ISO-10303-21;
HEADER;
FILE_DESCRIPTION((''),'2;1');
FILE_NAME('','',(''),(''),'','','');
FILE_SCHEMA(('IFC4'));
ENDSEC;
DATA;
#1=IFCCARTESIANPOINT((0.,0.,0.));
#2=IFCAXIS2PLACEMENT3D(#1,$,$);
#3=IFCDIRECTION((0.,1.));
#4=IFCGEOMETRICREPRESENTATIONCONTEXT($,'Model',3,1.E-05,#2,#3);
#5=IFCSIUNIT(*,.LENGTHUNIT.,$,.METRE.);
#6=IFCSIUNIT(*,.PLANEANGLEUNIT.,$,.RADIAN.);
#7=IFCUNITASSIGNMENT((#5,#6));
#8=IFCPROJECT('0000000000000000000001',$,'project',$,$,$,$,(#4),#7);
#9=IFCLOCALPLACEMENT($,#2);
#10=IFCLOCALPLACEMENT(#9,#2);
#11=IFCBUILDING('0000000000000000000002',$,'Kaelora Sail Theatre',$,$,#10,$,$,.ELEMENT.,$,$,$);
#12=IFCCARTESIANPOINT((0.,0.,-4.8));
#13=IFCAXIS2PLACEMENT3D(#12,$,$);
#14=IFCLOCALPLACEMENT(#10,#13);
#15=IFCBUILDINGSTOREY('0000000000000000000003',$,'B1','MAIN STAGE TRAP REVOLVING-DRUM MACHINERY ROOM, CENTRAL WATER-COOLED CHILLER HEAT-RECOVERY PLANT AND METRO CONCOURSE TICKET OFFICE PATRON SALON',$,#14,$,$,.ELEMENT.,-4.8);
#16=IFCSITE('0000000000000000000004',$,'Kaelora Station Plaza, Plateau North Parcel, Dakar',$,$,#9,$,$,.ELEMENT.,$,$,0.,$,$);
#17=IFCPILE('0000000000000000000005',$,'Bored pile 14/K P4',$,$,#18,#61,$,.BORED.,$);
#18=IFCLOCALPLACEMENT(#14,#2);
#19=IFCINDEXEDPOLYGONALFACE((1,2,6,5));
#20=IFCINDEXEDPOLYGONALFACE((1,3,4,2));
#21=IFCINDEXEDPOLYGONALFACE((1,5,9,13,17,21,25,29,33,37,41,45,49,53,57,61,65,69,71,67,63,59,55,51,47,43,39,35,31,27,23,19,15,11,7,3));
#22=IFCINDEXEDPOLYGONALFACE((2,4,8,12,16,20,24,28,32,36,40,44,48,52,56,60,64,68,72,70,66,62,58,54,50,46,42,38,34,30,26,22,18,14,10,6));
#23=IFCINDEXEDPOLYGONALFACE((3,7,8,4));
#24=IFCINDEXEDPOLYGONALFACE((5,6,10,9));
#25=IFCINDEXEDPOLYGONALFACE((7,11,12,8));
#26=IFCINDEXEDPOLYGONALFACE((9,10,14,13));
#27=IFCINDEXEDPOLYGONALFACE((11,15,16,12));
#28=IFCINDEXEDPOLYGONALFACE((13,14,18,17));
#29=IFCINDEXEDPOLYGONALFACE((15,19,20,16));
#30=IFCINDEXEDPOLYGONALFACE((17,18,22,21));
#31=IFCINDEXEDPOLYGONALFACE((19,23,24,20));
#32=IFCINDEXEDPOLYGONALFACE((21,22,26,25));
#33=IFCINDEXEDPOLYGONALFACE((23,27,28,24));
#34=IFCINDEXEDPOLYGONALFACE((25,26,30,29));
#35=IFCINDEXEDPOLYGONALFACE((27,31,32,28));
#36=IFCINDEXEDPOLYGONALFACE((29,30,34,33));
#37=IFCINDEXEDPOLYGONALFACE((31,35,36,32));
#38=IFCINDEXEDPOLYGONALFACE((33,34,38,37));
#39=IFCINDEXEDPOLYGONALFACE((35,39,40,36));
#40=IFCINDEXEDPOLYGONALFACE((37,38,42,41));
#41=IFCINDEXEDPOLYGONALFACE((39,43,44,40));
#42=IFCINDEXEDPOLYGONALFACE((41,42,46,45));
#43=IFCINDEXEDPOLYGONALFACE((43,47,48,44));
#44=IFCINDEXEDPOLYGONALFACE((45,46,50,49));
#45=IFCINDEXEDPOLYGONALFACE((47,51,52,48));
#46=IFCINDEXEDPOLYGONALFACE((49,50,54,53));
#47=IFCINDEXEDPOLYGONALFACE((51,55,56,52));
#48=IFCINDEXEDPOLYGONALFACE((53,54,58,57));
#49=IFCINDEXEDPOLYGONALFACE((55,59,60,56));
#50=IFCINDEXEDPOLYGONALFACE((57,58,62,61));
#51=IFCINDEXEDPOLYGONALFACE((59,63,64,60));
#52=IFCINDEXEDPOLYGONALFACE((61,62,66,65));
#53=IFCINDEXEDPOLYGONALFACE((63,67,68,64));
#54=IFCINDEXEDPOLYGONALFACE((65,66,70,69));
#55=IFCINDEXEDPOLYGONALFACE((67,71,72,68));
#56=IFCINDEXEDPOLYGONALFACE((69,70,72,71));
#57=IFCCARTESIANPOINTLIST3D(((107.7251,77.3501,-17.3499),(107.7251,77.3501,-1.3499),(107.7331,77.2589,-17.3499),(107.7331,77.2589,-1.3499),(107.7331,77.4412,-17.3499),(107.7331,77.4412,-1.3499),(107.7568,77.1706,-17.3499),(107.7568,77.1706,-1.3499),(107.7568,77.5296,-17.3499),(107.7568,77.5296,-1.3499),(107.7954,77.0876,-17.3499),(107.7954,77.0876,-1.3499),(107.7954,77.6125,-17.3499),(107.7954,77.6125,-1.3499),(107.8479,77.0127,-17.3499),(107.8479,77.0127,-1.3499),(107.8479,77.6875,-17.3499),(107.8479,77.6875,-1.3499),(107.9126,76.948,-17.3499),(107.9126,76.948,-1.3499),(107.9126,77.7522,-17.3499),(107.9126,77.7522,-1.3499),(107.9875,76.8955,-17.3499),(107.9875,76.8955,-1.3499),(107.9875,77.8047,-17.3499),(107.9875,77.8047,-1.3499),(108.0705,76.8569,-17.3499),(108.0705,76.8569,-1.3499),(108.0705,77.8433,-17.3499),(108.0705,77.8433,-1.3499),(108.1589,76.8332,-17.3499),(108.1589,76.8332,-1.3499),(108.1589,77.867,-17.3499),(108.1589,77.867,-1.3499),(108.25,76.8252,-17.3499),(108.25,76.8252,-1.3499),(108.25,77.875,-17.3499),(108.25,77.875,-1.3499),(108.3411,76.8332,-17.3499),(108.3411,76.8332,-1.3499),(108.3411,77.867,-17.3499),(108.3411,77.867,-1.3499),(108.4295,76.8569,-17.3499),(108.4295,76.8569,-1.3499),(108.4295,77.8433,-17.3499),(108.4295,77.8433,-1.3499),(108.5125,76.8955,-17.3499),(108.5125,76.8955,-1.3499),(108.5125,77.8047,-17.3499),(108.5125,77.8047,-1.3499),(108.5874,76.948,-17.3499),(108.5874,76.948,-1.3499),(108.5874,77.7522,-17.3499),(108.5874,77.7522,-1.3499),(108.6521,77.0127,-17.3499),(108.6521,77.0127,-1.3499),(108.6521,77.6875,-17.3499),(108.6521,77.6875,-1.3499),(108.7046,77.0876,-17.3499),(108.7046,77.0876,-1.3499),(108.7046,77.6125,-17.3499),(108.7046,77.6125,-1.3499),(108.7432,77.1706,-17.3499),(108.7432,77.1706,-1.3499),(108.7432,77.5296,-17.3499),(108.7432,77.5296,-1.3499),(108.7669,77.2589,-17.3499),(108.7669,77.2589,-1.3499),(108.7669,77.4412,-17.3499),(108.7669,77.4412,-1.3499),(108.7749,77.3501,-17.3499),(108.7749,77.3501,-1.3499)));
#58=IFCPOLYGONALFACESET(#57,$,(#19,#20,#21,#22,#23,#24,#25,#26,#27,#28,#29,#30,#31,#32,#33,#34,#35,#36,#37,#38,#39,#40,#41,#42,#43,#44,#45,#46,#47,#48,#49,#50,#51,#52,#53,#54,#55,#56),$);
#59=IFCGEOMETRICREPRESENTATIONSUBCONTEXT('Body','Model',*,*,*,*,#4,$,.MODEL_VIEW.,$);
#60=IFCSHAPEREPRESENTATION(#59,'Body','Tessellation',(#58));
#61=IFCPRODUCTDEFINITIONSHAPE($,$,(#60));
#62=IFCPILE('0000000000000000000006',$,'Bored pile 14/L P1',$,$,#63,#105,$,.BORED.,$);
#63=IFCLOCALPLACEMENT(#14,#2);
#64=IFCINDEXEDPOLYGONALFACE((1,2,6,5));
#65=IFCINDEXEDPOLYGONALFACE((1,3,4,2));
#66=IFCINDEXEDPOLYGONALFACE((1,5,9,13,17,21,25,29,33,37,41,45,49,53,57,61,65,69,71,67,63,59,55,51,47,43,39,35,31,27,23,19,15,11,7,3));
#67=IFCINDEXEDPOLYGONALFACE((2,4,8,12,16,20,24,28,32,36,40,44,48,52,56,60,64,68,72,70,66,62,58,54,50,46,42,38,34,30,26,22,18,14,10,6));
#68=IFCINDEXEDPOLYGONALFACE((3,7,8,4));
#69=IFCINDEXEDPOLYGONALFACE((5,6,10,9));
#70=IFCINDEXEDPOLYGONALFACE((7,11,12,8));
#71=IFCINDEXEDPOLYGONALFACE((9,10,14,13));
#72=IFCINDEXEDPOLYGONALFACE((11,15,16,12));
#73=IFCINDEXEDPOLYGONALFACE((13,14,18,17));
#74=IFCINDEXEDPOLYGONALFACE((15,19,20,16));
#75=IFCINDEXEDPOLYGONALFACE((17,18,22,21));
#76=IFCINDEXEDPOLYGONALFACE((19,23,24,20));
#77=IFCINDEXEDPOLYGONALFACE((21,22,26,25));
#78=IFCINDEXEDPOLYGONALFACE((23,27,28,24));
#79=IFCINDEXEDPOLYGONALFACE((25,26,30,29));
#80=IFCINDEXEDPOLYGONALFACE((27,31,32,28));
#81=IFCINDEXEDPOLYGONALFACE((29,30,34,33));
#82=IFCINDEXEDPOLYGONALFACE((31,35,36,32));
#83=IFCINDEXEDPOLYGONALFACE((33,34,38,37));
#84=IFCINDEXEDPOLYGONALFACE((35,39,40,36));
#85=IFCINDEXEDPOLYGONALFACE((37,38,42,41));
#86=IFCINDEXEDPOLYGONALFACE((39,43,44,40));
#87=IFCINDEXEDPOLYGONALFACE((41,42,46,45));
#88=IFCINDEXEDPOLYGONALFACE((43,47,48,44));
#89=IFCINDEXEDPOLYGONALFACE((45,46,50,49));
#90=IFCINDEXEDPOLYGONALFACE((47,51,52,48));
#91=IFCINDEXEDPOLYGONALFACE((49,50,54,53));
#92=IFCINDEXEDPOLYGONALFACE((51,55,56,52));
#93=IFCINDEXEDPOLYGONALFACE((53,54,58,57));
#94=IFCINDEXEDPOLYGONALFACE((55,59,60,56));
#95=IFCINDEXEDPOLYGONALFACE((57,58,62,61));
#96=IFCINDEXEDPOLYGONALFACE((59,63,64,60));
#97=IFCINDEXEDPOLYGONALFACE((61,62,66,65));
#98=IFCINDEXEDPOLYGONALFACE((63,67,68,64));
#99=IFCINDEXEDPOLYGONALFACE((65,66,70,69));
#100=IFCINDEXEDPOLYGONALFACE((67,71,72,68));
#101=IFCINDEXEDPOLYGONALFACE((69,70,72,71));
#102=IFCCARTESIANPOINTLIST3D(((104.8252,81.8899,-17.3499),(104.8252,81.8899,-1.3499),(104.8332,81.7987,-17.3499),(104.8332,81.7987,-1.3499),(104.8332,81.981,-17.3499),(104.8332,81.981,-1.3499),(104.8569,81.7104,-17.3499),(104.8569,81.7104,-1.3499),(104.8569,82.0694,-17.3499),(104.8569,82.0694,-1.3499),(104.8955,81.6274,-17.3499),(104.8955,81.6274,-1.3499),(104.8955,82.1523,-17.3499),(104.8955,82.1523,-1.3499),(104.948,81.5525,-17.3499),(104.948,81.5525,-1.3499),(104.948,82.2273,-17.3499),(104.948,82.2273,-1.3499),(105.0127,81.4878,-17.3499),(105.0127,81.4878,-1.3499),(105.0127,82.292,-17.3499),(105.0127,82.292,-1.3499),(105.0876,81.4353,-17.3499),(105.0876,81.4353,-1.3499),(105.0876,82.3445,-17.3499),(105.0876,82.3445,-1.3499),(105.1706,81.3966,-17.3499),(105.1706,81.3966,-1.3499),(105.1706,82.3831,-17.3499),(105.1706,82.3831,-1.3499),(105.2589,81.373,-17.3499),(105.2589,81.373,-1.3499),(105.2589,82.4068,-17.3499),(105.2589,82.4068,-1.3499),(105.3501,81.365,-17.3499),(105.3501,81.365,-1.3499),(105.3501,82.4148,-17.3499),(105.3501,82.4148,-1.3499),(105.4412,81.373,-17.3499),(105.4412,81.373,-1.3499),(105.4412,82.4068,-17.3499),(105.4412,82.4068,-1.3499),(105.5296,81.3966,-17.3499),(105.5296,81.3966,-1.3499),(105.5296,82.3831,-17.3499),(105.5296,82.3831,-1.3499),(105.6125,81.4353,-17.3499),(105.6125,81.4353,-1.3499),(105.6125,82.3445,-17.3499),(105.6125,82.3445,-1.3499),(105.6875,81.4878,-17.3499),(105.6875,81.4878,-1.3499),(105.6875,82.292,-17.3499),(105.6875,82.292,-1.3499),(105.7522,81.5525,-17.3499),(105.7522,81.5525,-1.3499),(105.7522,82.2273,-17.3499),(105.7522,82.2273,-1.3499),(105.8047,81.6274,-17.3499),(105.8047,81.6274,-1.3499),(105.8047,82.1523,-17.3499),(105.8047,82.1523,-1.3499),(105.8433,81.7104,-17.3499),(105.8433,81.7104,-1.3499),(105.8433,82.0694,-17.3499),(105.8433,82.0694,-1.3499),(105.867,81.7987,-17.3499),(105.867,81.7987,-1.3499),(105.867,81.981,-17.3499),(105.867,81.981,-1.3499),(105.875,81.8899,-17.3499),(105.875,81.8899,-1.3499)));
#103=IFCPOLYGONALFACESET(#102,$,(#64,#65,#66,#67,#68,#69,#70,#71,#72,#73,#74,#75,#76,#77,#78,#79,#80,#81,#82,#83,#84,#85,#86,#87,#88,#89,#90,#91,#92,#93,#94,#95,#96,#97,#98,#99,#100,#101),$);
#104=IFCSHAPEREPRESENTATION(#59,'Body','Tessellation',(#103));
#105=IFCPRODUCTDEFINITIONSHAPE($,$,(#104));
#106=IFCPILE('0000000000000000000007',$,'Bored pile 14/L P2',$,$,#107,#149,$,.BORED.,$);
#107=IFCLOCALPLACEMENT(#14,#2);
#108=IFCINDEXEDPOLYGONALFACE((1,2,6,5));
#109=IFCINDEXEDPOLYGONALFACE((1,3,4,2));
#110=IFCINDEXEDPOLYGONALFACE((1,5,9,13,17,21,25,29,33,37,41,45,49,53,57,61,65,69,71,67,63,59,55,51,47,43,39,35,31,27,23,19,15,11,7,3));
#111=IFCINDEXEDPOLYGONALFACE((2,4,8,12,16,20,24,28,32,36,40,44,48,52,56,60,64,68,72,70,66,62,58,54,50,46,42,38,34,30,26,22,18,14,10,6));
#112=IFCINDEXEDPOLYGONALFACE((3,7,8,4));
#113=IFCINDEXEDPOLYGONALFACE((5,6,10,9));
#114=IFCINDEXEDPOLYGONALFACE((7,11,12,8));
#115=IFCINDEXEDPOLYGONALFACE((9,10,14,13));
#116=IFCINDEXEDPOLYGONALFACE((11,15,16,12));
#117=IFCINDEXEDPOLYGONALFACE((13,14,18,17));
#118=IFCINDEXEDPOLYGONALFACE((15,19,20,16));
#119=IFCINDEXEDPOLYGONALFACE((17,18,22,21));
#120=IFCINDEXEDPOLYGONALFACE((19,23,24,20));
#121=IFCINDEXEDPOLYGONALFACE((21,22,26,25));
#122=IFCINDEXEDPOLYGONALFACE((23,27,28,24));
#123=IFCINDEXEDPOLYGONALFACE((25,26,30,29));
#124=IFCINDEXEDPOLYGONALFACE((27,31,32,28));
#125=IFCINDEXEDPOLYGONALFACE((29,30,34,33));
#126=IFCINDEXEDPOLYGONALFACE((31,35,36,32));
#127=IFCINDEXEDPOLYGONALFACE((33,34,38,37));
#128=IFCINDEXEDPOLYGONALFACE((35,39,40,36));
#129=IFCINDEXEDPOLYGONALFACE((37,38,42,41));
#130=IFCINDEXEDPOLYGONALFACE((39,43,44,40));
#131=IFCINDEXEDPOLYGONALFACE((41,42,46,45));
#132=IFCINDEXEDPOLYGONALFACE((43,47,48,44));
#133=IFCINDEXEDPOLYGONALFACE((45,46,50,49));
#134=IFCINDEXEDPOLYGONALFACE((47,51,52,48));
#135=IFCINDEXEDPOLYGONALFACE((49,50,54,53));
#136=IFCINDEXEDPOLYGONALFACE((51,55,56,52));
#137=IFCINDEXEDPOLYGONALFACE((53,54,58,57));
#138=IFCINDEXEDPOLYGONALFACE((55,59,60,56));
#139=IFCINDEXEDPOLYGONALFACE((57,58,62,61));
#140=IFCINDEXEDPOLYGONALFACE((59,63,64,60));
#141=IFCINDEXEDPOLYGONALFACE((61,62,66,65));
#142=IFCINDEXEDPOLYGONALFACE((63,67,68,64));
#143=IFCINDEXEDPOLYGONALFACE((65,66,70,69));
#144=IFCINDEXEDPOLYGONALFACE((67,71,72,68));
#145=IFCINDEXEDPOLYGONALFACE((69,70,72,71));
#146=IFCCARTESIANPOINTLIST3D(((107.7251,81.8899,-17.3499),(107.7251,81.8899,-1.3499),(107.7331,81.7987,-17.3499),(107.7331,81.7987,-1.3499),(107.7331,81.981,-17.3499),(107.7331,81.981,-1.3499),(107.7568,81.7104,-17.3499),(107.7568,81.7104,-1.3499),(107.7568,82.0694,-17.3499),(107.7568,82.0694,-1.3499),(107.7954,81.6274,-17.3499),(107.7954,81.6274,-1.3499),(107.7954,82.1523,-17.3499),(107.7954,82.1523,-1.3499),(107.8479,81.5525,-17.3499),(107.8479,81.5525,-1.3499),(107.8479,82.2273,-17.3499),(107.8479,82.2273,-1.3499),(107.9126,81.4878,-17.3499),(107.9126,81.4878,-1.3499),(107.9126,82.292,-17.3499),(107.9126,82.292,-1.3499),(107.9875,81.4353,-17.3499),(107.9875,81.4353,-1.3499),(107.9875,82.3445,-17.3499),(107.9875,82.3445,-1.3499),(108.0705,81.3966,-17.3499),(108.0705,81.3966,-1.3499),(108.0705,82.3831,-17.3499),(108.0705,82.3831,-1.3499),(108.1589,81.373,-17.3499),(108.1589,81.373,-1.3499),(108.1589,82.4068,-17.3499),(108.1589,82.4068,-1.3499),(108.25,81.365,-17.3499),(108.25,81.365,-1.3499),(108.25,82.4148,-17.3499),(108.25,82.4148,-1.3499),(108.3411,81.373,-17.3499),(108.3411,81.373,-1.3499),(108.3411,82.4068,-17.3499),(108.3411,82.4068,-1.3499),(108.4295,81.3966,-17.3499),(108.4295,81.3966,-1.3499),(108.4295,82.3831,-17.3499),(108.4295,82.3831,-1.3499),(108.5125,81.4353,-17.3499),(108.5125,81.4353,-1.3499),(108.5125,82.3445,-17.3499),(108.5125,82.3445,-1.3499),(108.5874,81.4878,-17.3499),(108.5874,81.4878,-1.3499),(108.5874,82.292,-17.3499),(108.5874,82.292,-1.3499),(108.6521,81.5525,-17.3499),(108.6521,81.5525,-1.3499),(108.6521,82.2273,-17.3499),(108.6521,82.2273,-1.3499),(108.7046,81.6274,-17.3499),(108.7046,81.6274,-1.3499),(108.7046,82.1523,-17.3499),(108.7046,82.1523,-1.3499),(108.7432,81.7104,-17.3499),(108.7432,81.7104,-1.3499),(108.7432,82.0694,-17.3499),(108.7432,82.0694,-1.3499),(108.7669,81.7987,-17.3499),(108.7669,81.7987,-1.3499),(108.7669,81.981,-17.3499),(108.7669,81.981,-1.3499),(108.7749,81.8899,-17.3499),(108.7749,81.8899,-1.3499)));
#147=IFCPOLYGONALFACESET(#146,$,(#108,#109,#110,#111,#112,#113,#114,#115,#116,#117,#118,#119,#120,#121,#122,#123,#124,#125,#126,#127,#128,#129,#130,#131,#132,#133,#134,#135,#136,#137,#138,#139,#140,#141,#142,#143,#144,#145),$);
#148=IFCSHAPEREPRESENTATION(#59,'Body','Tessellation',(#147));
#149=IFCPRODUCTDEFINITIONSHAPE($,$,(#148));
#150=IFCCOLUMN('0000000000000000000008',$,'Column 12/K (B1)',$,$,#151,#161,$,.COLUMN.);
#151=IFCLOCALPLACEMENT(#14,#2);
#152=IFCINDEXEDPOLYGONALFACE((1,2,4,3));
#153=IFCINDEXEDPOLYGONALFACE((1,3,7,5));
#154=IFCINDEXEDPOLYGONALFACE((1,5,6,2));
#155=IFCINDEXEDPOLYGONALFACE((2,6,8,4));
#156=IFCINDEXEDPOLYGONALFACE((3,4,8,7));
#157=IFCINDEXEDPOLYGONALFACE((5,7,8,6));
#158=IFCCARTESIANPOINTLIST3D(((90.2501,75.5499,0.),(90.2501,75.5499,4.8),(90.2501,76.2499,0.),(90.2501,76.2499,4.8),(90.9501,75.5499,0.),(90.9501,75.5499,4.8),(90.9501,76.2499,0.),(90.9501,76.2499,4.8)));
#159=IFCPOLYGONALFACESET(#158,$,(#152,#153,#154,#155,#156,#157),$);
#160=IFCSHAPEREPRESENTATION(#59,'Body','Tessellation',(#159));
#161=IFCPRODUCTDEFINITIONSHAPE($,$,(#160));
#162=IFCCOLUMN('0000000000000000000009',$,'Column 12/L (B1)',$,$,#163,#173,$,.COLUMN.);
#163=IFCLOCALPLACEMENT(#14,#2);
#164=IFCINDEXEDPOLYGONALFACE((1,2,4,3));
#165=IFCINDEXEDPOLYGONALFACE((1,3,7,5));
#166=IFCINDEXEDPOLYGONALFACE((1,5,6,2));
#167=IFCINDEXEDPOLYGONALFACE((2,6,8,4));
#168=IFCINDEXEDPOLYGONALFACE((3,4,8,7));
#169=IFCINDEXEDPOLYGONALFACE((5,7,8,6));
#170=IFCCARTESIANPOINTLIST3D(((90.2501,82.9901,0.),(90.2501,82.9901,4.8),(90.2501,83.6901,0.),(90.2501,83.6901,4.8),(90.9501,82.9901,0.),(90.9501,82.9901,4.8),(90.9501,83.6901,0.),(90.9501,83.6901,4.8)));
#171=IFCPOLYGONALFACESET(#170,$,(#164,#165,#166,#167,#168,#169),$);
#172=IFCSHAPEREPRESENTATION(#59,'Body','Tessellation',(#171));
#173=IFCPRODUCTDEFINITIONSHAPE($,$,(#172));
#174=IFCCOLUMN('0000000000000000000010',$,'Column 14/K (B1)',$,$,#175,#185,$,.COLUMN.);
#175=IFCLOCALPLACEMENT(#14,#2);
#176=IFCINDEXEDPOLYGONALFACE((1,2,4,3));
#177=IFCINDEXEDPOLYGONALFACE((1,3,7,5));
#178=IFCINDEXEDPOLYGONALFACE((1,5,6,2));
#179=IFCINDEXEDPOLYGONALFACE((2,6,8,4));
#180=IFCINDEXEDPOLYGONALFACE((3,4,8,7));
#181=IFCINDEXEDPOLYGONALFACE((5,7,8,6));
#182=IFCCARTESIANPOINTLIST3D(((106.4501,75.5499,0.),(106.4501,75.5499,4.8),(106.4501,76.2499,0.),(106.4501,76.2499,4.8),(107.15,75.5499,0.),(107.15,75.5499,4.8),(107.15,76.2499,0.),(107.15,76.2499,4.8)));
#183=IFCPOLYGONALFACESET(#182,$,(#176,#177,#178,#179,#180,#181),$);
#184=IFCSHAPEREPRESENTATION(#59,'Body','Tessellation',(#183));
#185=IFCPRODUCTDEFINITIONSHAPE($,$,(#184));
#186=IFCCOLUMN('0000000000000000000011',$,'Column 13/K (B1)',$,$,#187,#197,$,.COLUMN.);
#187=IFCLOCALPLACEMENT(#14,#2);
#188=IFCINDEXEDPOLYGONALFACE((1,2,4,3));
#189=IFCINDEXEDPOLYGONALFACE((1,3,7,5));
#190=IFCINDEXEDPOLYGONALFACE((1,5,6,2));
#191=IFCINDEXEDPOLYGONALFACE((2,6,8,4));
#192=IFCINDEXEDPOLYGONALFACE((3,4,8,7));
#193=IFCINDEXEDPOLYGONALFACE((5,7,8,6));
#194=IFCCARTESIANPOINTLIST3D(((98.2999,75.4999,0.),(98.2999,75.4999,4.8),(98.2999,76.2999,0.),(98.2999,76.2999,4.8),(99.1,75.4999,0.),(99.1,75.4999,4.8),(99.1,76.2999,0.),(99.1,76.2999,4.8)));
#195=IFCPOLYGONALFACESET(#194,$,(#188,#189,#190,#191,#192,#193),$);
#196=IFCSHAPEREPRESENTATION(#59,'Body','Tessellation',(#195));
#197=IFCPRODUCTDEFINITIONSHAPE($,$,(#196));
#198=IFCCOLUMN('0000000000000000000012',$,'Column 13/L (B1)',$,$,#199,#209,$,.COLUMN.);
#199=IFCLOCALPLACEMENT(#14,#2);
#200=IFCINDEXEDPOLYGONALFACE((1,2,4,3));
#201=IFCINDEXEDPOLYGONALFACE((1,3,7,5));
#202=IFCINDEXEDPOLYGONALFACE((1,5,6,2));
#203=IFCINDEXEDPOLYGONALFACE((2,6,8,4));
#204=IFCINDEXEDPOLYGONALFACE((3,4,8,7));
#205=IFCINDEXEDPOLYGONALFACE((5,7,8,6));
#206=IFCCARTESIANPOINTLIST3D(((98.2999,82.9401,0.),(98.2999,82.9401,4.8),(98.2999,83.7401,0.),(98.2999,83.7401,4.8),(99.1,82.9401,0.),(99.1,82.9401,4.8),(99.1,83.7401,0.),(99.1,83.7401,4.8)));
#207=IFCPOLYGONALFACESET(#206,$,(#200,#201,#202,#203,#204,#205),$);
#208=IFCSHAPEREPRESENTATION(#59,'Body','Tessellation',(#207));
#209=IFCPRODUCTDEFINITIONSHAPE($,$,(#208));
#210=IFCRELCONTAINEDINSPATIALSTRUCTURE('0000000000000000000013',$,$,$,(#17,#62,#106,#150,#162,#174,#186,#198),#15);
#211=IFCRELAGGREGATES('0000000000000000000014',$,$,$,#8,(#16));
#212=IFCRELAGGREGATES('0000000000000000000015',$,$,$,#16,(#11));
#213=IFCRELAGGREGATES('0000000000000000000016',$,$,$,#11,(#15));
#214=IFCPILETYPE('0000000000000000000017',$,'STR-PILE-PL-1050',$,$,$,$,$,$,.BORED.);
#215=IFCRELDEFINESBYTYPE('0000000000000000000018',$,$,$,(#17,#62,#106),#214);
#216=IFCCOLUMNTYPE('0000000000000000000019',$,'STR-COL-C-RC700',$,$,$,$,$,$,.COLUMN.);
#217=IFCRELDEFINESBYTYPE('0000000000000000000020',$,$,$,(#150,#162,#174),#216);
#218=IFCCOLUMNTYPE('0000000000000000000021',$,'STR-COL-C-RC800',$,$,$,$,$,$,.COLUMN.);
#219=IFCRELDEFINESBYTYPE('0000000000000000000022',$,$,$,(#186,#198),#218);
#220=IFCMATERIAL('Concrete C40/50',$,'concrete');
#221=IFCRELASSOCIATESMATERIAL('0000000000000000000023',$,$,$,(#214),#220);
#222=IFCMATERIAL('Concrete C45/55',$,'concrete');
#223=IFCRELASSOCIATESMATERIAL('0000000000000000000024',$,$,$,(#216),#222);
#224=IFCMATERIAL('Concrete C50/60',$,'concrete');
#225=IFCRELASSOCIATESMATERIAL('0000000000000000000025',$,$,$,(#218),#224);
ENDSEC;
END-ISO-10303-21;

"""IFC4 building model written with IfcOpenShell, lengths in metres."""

from ifc_helpers import new_model, si_unit, direction, frame, origin, origin_2d, place, context, subcontext, project, spatial, rectangle, circle, extrude, material, material_profile, profile_set, type_object, element, save


model = new_model("IFC4")

# Units and contexts
model_context = context("Model", 3, precision=1e-05, world=origin(), true_north=direction((0.0, 1.0)))
body_context = subcontext(model_context, "Body", "Model", "MODEL_VIEW")
ifc_project = project(units=[si_unit("LENGTHUNIT", "METRE"), si_unit("PLANEANGLEUNIT", "RADIAN")], contexts=[model_context])

# Site, building, storey
site_placement = place(None, origin())
site = spatial("IfcSite", under=ifc_project, at=site_placement, Name="Kaelora Station Plaza, Plateau North Parcel, Dakar", CompositionType="ELEMENT", RefElevation=0.0)
building_placement = place(site_placement, origin())
building = spatial("IfcBuilding", under=site, at=building_placement, Name="Kaelora Sail Theatre", CompositionType="ELEMENT")
storey_placement = place(building_placement, frame((0.0, 0.0, -4.8)))
storey = spatial("IfcBuildingStorey", under=building, at=storey_placement, Name="B1", Description="MAIN STAGE TRAP REVOLVING-DRUM MACHINERY ROOM, CENTRAL WATER-COOLED CHILLER HEAT-RECOVERY PLANT AND METRO CONCOURSE TICKET OFFICE PATRON SALON", CompositionType="ELEMENT", Elevation=-4.8)

# Piles
ifc_material_1 = material(Name="Concrete C40/50", Category="concrete")
ifc_material_profile_1 = material_profile(ifc_material_1, circle(Radius=0.5249, at=origin_2d()), Name="PILE D1050")
ifc_profile_set_1 = profile_set([ifc_material_profile_1], Name="Concrete C40/50")
pile_type = type_object("IfcPileType", Name="STR-PILE-PL-1050", PredefinedType="BORED", material=ifc_profile_set_1)
for number, where, z_axis, x_axis, name in (
    (1, (108.25, 77.3501, -1.3499), (0.0, 0.0, -1.0), (1.0, 0.0, 0.0), "Bored pile 14/K P4"),
    (2, (105.3501, 81.8899, -1.3499), (0.0, 0.0, -1.0), (1.0, 0.0, 0.0), "Bored pile 14/L P1"),
    (3, (108.25, 81.8899, -1.3499), (0.0, 0.0, -1.0), (1.0, 0.0, 0.0), "Bored pile 14/L P2"),
):
    element("IfcPile", number, at=place(storey_placement, frame(where, z_axis=z_axis, x_axis=x_axis)), inside=storey, type_object=pile_type, Name=name, PredefinedType="BORED", context=body_context, shape_type="SweptSolid", body=[
        extrude(circle(Radius=0.5249, at=origin_2d()), origin(), (0.0, 0.0, 1.0), 16.0),
    ])

# Columns
ifc_material_2 = material(Name="Concrete C45/55", Category="concrete")
ifc_material_profile_2 = material_profile(ifc_material_2, rectangle(XDim=0.7, YDim=0.7, at=origin_2d()), Name="RC-COL 700x700")
ifc_profile_set_2 = profile_set([ifc_material_profile_2], Name="Concrete C45/55")
column_type_1 = type_object("IfcColumnType", Name="STR-COL-C-RC700", PredefinedType="COLUMN", material=ifc_profile_set_2)
for number, where, z_axis, x_axis, name in (
    (4, (90.6001, 75.8999, 0.0), (0.0, 0.0, 1.0), (1.0, 0.0, 0.0), "Column 12/K (B1)"),
    (5, (90.6001, 83.3401, 0.0), (0.0, 0.0, 1.0), (1.0, 0.0, 0.0), "Column 12/L (B1)"),
    (6, (106.8, 75.8999, 0.0), (0.0, 0.0, 1.0), (1.0, 0.0, 0.0), "Column 14/K (B1)"),
):
    element("IfcColumn", number, at=place(storey_placement, frame(where, z_axis=z_axis, x_axis=x_axis)), inside=storey, type_object=column_type_1, Name=name, PredefinedType="COLUMN", context=body_context, shape_type="SweptSolid", body=[
        extrude(rectangle(XDim=0.7, YDim=0.7, at=origin_2d()), origin(), (0.0, 0.0, 1.0), 4.8),
    ])
ifc_material_3 = material(Name="Concrete C50/60", Category="concrete")
ifc_material_profile_3 = material_profile(ifc_material_3, rectangle(XDim=0.8, YDim=0.8, at=origin_2d()), Name="RC-COL 800x800")
ifc_profile_set_3 = profile_set([ifc_material_profile_3], Name="Concrete C50/60")
column_type_2 = type_object("IfcColumnType", Name="STR-COL-C-RC800", PredefinedType="COLUMN", material=ifc_profile_set_3)
for number, where, z_axis, x_axis, name in (
    (7, (98.7, 75.8999, 0.0), (0.0, 0.0, 1.0), (1.0, 0.0, 0.0), "Column 13/K (B1)"),
    (8, (98.7, 83.3401, 0.0), (0.0, 0.0, 1.0), (1.0, 0.0, 0.0), "Column 13/L (B1)"),
):
    element("IfcColumn", number, at=place(storey_placement, frame(where, z_axis=z_axis, x_axis=x_axis)), inside=storey, type_object=column_type_2, Name=name, PredefinedType="COLUMN", context=body_context, shape_type="SweptSolid", body=[
        extrude(rectangle(XDim=0.8, YDim=0.8, at=origin_2d()), origin(), (0.0, 0.0, 1.0), 4.8),
    ])

save(model, "model.ifc")
